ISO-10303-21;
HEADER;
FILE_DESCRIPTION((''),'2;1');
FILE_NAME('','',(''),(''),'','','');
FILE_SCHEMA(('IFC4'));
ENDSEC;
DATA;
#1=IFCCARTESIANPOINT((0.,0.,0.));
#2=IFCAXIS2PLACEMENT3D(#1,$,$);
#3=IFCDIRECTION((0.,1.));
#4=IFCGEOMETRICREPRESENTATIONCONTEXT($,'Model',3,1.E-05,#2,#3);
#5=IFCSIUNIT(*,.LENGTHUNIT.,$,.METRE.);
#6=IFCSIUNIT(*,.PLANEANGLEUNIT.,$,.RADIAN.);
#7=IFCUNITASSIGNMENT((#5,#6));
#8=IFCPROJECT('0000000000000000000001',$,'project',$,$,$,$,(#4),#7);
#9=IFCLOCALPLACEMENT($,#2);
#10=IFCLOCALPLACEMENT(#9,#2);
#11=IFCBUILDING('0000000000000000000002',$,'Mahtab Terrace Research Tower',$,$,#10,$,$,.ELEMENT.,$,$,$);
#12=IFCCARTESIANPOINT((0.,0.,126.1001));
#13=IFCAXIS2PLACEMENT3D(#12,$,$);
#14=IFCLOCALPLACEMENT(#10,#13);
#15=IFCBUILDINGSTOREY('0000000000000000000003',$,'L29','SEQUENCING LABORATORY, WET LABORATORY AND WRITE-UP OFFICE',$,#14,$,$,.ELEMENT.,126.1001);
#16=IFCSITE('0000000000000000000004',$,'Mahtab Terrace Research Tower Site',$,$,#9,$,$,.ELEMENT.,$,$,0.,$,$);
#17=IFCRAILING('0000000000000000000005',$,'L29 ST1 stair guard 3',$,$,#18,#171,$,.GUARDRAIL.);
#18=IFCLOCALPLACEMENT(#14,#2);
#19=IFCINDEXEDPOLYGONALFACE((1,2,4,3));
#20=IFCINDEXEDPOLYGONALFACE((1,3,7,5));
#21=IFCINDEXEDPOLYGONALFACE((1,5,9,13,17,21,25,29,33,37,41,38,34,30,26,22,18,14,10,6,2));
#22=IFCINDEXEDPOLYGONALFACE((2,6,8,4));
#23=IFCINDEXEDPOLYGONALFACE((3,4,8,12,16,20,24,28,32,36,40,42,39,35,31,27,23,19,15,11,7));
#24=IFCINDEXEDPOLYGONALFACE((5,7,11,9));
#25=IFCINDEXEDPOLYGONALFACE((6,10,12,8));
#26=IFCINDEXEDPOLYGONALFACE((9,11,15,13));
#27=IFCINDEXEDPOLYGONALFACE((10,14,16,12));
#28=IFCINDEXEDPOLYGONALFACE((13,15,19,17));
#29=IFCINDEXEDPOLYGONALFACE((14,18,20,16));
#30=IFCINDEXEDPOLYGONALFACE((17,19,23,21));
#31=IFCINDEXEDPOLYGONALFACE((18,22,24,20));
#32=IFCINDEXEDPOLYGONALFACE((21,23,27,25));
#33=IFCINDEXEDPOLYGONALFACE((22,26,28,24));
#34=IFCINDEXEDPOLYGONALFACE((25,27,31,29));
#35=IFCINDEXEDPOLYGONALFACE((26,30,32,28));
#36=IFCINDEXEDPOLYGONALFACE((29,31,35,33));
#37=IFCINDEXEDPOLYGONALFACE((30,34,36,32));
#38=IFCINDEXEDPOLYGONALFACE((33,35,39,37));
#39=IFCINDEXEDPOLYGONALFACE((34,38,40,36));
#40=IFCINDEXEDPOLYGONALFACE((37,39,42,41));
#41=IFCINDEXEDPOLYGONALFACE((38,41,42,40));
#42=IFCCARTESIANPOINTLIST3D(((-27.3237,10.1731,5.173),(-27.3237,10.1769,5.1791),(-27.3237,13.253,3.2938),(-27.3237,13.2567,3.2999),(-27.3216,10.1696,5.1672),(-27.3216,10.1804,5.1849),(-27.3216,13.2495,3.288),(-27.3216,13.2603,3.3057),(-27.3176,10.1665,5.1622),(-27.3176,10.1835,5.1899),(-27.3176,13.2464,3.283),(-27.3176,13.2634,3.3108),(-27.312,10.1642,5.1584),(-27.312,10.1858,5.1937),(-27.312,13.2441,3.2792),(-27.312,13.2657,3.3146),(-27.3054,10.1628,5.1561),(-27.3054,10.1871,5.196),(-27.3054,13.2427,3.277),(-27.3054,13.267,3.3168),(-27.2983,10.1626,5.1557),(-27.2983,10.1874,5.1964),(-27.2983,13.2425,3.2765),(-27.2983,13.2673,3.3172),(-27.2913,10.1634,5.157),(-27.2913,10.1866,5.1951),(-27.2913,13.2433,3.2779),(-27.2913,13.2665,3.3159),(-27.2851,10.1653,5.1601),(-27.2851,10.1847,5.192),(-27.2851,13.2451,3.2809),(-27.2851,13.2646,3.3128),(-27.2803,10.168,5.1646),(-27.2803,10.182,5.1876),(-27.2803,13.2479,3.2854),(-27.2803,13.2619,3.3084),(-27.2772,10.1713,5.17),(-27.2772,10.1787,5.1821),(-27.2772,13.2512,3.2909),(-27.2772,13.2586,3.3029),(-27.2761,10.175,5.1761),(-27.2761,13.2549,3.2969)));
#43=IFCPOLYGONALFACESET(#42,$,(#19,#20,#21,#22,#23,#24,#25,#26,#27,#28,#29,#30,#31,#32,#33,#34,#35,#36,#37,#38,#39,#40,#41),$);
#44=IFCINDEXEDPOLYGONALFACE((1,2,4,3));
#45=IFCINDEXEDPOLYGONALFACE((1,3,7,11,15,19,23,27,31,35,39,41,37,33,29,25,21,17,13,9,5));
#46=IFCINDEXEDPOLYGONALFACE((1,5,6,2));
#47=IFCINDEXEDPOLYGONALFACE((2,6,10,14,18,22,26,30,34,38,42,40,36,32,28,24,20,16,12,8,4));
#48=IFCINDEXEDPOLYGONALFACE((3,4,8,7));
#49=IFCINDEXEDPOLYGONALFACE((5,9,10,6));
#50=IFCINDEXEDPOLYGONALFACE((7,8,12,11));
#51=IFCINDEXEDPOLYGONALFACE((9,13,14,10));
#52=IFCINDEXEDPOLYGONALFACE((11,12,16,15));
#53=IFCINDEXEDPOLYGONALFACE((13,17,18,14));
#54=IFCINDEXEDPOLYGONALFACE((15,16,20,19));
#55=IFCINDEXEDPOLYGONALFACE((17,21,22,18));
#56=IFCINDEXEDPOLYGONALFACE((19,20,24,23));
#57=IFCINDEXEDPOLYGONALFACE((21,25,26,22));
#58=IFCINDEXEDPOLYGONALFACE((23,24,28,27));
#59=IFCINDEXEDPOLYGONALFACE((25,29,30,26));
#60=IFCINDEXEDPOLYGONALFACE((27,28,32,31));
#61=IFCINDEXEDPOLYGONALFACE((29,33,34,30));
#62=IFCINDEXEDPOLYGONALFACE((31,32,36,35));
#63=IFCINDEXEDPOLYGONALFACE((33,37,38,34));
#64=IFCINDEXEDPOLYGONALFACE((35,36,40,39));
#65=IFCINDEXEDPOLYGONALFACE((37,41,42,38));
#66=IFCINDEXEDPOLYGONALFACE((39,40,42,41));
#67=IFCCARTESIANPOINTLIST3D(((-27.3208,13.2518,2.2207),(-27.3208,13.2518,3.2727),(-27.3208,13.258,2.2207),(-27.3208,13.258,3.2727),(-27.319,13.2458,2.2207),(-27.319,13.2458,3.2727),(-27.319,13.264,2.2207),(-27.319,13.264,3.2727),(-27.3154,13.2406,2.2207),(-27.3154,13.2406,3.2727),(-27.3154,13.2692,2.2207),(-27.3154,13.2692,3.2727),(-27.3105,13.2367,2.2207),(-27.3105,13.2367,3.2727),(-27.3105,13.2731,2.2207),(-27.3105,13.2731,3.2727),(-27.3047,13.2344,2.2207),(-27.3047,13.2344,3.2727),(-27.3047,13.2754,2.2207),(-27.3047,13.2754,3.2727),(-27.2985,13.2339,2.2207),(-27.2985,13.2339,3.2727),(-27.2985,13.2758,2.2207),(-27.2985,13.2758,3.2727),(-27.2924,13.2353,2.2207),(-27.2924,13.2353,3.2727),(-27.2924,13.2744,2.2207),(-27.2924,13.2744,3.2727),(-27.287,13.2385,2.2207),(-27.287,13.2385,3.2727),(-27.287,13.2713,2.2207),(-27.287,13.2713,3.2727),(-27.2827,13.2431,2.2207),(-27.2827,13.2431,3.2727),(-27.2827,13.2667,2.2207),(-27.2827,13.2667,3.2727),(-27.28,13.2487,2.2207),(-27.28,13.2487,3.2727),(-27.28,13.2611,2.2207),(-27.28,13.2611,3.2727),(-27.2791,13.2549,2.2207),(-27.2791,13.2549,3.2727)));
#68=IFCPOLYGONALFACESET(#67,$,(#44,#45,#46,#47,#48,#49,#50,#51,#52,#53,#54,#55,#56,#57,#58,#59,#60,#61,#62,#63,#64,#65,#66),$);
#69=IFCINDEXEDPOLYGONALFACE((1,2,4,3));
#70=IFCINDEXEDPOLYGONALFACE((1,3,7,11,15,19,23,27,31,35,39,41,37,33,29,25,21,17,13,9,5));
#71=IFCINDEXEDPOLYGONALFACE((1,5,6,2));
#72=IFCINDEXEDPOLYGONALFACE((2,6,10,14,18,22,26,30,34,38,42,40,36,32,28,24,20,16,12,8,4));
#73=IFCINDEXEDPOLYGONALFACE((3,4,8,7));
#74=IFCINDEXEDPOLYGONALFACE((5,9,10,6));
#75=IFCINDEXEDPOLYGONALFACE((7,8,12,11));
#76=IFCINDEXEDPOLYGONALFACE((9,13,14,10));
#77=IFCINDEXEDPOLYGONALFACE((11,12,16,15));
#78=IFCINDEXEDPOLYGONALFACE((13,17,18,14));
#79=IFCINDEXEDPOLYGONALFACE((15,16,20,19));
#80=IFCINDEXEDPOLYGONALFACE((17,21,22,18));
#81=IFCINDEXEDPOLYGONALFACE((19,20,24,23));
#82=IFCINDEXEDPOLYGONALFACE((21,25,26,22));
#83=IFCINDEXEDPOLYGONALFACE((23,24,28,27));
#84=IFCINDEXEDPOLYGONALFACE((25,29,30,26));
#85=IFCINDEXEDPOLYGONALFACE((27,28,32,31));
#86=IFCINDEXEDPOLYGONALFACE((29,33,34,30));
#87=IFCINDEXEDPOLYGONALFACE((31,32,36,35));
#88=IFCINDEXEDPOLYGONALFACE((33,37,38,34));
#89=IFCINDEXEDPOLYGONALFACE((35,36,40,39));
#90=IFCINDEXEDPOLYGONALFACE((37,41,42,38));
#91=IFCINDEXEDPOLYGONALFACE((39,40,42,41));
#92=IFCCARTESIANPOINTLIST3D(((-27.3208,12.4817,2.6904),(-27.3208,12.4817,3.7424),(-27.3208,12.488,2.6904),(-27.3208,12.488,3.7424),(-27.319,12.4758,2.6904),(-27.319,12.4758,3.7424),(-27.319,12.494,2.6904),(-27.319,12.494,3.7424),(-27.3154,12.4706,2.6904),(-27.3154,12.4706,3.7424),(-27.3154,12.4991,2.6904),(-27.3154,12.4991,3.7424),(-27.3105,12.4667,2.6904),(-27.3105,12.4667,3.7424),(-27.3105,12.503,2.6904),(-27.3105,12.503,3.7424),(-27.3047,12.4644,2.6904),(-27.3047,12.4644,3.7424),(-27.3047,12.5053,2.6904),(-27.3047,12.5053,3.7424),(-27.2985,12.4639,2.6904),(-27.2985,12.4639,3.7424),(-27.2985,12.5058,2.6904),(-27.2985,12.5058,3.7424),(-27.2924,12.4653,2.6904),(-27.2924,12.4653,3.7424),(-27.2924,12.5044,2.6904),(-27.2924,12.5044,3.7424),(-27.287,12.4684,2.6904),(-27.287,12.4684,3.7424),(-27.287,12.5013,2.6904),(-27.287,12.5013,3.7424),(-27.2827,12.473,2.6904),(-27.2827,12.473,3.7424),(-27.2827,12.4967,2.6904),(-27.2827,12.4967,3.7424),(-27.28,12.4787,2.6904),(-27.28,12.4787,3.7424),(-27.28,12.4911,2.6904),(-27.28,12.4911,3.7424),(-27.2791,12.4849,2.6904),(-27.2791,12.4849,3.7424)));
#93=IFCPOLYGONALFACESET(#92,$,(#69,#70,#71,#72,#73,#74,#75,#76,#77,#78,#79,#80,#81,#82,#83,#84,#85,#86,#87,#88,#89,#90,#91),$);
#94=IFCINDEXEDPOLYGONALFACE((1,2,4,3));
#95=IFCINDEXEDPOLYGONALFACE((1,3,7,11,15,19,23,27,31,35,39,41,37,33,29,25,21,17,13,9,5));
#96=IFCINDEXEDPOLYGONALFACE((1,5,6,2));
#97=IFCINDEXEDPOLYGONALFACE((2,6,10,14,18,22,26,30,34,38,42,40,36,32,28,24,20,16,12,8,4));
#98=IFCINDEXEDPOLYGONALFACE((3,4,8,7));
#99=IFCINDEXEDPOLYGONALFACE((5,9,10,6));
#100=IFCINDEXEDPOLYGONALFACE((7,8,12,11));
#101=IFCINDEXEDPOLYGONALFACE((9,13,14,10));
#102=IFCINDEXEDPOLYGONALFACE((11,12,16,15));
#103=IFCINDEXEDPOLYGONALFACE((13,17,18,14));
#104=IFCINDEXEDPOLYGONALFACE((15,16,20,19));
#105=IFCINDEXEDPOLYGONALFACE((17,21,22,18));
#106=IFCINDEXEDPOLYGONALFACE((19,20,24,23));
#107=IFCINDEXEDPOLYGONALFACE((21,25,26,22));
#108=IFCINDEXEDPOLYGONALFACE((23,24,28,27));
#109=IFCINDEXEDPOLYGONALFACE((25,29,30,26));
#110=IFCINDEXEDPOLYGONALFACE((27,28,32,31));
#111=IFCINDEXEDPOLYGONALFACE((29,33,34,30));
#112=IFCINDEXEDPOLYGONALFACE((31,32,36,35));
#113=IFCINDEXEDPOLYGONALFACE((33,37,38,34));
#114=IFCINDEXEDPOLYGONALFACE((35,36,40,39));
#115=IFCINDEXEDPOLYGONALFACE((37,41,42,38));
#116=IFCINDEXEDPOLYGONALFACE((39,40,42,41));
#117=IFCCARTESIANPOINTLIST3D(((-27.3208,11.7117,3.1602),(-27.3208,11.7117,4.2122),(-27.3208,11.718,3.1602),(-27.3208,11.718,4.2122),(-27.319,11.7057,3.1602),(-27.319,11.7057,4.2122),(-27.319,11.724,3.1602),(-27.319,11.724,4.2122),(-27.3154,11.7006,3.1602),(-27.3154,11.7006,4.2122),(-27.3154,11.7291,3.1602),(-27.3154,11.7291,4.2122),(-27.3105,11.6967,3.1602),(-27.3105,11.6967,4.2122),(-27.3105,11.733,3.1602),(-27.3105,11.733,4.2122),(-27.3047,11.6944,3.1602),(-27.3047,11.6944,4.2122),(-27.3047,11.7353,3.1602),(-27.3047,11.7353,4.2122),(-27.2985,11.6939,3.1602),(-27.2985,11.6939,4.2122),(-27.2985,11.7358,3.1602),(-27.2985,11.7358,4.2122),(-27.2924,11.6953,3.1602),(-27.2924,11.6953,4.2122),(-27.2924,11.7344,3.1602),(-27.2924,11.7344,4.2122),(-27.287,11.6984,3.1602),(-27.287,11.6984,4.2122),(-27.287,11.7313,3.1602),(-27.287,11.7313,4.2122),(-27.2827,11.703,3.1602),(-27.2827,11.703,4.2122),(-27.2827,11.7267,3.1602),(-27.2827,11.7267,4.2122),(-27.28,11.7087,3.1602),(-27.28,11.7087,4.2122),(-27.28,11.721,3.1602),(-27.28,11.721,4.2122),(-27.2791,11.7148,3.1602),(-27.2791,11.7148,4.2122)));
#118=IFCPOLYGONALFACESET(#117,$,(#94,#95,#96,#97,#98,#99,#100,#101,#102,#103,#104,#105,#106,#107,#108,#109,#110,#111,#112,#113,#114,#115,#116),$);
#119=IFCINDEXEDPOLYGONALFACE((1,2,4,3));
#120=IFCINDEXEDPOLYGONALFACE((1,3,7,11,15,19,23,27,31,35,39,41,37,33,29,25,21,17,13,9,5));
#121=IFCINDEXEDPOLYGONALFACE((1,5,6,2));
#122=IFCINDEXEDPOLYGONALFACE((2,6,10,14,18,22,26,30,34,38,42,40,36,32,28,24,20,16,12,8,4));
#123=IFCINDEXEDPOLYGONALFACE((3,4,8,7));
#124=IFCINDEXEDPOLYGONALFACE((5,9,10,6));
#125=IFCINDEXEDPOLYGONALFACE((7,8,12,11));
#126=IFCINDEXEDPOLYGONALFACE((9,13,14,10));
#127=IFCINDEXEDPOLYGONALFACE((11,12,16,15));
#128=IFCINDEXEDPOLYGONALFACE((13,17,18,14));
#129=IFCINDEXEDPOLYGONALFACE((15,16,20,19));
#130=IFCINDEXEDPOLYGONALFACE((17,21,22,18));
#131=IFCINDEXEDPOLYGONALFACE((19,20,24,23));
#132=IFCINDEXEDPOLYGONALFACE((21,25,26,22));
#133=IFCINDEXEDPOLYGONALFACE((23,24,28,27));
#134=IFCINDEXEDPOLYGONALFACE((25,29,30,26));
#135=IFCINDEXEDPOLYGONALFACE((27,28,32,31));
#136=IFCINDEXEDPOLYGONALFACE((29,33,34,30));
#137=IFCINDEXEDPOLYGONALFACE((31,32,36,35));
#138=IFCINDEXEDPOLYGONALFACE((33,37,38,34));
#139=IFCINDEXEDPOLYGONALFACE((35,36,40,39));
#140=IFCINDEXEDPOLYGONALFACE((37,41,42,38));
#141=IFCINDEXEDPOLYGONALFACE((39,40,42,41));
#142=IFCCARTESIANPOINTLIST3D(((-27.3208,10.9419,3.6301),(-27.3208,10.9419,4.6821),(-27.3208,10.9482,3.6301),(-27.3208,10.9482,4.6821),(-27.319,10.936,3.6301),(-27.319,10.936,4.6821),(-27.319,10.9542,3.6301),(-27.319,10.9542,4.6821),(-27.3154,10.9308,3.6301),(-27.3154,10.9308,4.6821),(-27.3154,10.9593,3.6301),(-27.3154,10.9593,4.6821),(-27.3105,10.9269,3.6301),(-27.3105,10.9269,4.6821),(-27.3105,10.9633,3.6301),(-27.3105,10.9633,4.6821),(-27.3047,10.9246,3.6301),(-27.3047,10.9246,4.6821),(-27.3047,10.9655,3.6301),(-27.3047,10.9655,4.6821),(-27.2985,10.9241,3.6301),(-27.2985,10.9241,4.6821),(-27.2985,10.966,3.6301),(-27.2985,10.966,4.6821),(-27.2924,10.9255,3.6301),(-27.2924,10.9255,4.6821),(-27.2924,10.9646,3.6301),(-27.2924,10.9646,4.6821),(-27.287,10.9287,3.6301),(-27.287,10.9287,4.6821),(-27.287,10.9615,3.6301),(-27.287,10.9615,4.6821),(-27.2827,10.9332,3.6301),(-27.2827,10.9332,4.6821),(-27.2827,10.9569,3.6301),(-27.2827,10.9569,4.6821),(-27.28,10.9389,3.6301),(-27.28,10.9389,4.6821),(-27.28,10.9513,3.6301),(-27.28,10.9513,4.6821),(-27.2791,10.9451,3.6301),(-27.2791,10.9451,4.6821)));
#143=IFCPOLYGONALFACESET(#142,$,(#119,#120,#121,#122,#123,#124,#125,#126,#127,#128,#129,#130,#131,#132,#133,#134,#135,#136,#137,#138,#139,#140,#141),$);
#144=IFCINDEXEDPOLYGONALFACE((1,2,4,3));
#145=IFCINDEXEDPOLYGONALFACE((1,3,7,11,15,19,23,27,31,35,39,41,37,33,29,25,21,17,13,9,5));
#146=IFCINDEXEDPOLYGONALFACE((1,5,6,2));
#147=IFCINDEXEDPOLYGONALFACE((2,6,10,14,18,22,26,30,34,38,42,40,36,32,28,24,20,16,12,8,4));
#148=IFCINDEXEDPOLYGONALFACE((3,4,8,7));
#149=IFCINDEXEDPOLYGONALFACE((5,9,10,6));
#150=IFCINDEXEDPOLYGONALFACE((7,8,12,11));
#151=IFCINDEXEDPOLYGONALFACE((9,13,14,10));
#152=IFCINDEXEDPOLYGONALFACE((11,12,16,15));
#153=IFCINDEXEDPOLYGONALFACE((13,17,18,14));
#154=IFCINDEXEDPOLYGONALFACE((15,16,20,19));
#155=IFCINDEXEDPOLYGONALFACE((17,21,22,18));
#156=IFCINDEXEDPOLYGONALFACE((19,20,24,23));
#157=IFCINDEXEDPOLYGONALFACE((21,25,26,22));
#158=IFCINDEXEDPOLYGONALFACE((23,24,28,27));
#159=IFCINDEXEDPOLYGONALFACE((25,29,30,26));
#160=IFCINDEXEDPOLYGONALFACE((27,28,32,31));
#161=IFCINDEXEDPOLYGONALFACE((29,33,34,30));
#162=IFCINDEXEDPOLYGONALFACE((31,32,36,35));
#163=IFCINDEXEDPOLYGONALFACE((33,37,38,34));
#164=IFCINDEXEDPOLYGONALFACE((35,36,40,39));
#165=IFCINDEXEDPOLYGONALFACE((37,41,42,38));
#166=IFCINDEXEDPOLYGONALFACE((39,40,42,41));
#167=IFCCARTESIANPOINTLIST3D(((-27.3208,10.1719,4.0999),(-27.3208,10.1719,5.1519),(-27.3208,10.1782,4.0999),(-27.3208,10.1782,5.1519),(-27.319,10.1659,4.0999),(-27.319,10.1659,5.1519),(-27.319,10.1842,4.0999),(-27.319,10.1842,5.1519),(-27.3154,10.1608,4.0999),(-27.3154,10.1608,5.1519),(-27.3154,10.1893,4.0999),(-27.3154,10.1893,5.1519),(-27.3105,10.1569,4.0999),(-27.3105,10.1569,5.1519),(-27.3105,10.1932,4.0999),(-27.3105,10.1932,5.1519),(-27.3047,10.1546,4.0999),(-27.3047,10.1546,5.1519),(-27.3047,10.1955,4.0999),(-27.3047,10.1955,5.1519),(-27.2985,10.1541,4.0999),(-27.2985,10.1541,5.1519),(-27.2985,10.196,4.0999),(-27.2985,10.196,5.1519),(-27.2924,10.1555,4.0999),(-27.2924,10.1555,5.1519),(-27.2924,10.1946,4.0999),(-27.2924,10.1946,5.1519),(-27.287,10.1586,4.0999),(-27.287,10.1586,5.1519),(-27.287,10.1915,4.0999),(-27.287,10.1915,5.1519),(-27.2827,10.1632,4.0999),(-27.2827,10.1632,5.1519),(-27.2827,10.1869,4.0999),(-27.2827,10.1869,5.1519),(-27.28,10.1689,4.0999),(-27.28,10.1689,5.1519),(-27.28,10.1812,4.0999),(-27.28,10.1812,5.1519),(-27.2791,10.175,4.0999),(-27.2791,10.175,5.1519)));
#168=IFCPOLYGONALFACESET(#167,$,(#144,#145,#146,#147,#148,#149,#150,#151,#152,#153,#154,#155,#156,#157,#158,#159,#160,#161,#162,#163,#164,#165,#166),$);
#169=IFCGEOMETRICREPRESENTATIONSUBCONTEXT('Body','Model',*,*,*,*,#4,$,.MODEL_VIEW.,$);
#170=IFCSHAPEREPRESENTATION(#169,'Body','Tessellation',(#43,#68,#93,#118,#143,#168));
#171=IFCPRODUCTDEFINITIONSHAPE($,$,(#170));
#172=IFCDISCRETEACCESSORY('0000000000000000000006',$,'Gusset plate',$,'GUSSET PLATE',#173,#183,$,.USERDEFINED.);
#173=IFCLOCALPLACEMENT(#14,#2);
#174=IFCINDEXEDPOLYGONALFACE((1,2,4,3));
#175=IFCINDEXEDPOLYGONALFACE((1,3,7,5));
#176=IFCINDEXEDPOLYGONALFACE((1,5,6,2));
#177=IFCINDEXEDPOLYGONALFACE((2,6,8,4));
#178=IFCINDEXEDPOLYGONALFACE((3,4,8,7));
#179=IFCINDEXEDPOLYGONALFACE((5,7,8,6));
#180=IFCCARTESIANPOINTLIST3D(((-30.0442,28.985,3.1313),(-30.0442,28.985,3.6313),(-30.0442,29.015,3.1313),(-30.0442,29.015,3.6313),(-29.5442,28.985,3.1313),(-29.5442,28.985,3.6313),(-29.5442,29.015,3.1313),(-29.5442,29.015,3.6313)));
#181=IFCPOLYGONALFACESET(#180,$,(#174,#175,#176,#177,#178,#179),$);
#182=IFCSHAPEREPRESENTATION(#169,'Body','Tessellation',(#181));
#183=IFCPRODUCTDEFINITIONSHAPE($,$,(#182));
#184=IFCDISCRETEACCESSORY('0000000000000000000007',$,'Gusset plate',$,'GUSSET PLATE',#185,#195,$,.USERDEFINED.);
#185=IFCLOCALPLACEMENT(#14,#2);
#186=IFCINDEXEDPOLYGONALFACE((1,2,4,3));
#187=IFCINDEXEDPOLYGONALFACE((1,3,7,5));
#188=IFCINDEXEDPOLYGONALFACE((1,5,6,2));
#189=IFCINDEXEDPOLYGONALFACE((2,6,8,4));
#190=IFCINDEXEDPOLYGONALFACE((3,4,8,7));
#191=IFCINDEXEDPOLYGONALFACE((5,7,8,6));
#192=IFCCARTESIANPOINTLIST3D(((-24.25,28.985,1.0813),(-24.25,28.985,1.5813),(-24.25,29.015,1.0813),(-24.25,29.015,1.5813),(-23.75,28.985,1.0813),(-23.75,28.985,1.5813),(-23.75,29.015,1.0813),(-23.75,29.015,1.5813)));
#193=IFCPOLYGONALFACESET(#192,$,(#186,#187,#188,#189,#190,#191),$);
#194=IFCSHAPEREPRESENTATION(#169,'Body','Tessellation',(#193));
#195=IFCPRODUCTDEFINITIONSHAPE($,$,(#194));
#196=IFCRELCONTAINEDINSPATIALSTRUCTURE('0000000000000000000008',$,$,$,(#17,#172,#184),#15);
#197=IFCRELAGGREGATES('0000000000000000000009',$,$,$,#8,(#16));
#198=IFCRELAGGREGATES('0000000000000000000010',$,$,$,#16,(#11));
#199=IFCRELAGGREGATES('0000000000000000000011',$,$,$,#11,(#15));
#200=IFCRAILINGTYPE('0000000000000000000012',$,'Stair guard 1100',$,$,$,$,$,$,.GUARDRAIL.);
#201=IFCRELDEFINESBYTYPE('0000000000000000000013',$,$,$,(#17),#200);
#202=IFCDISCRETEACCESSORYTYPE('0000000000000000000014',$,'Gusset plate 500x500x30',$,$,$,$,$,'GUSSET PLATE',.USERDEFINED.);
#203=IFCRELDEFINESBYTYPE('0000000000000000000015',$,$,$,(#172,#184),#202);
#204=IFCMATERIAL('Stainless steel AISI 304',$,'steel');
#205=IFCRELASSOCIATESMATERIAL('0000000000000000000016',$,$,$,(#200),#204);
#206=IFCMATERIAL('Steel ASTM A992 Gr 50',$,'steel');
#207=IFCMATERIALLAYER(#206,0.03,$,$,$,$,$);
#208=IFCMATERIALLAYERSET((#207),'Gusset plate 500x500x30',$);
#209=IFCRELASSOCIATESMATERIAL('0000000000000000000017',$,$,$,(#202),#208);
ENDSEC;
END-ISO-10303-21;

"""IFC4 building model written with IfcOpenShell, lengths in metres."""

from ifc_helpers import new_model, si_unit, direction, frame, origin, origin_2d, place, context, subcontext, project, spatial, rectangle, circle, extrude, material, layer, layer_set, type_object, element, save


model = new_model("IFC4")

# Units and contexts
model_context = context("Model", 3, precision=1e-05, world=origin(), true_north=direction((0.0, 1.0)))
body_context = subcontext(model_context, "Body", "Model", "MODEL_VIEW")
ifc_project = project(units=[si_unit("LENGTHUNIT", "METRE"), si_unit("PLANEANGLEUNIT", "RADIAN")], contexts=[model_context])

# Site, building, storey
site_placement = place(None, origin())
site = spatial("IfcSite", under=ifc_project, at=site_placement, Name="Mahtab Terrace Research Tower Site", CompositionType="ELEMENT", RefElevation=0.0)
building_placement = place(site_placement, origin())
building = spatial("IfcBuilding", under=site, at=building_placement, Name="Mahtab Terrace Research Tower", CompositionType="ELEMENT")
storey_placement = place(building_placement, frame((0.0, 0.0, 126.1001)))
storey = spatial("IfcBuildingStorey", under=building, at=storey_placement, Name="L29", Description="SEQUENCING LABORATORY, WET LABORATORY AND WRITE-UP OFFICE", CompositionType="ELEMENT", Elevation=126.1001)

# Shared definitions
ifc_material_1 = material(Name="Steel ASTM A992 Gr 50", Category="steel")

# Shared definitions
ifc_material_2 = material(Name="Stainless steel AISI 304", Category="steel")

# Railing
railing_type = type_object("IfcRailingType", Name="Stair guard 1100", PredefinedType="GUARDRAIL", material=ifc_material_2)
railing_1_placement = place(storey_placement, frame((-27.3, 13.2549, 2.2207)))
element("IfcRailing", 1, at=railing_1_placement, inside=storey, type_object=railing_type, Name="L29 ST1 stair guard 3", PredefinedType="GUARDRAIL", context=body_context, shape_type="SweptSolid", body=[
    extrude(circle(Radius=0.0239, at=origin_2d()), frame((0.0, 0.0, 1.0762), z_axis=(0.0, -0.853648, 0.52085), x_axis=(1.0, 0.0, 0.0)), (0.0, 0.0, 1.0), 3.6079),
    extrude(circle(Radius=0.021, at=origin_2d()), origin(), (0.0, 0.0, 1.0), 1.052),
    extrude(circle(Radius=0.021, at=origin_2d()), frame((0.0, -0.77, 0.4697)), (0.0, 0.0, 1.0), 1.052),
    extrude(circle(Radius=0.021, at=origin_2d()), frame((0.0, -1.54, 0.9395)), (0.0, 0.0, 1.0), 1.052),
    extrude(circle(Radius=0.021, at=origin_2d()), frame((0.0, -2.3098, 1.4094)), (0.0, 0.0, 1.0), 1.052),
    extrude(circle(Radius=0.021, at=origin_2d()), frame((0.0, -3.0798, 1.8792)), (0.0, 0.0, 1.0), 1.052),
])

# Discrete accessories
ifc_layer_1 = layer(ifc_material_1, 0.03)
ifc_layer_set_1 = layer_set([ifc_layer_1], Name="Gusset plate 500x500x30")
discrete_accessory_type = type_object("IfcDiscreteAccessoryType", Name="Gusset plate 500x500x30", ElementType="GUSSET PLATE", PredefinedType="USERDEFINED", material=ifc_layer_set_1)
for number, where, z_axis, x_axis, name in (
    (2, (-29.7942, 29.0, 3.1313), (0.0, 0.0, 1.0), (1.0, 0.0, 0.0), "Gusset plate"),
    (3, (-24.0, 29.0, 1.0813), (0.0, 0.0, 1.0), (1.0, 0.0, 0.0), "Gusset plate"),
):
    element("IfcDiscreteAccessory", number, at=place(storey_placement, frame(where, z_axis=z_axis, x_axis=x_axis)), inside=storey, type_object=discrete_accessory_type, Name=name, ObjectType="GUSSET PLATE", PredefinedType="USERDEFINED", context=body_context, shape_type="SweptSolid", body=[
        extrude(rectangle(XDim=0.5, YDim=0.03, at=origin_2d()), origin(), (0.0, 0.0, 1.0), 0.5),
    ])

save(model, "model.ifc")
